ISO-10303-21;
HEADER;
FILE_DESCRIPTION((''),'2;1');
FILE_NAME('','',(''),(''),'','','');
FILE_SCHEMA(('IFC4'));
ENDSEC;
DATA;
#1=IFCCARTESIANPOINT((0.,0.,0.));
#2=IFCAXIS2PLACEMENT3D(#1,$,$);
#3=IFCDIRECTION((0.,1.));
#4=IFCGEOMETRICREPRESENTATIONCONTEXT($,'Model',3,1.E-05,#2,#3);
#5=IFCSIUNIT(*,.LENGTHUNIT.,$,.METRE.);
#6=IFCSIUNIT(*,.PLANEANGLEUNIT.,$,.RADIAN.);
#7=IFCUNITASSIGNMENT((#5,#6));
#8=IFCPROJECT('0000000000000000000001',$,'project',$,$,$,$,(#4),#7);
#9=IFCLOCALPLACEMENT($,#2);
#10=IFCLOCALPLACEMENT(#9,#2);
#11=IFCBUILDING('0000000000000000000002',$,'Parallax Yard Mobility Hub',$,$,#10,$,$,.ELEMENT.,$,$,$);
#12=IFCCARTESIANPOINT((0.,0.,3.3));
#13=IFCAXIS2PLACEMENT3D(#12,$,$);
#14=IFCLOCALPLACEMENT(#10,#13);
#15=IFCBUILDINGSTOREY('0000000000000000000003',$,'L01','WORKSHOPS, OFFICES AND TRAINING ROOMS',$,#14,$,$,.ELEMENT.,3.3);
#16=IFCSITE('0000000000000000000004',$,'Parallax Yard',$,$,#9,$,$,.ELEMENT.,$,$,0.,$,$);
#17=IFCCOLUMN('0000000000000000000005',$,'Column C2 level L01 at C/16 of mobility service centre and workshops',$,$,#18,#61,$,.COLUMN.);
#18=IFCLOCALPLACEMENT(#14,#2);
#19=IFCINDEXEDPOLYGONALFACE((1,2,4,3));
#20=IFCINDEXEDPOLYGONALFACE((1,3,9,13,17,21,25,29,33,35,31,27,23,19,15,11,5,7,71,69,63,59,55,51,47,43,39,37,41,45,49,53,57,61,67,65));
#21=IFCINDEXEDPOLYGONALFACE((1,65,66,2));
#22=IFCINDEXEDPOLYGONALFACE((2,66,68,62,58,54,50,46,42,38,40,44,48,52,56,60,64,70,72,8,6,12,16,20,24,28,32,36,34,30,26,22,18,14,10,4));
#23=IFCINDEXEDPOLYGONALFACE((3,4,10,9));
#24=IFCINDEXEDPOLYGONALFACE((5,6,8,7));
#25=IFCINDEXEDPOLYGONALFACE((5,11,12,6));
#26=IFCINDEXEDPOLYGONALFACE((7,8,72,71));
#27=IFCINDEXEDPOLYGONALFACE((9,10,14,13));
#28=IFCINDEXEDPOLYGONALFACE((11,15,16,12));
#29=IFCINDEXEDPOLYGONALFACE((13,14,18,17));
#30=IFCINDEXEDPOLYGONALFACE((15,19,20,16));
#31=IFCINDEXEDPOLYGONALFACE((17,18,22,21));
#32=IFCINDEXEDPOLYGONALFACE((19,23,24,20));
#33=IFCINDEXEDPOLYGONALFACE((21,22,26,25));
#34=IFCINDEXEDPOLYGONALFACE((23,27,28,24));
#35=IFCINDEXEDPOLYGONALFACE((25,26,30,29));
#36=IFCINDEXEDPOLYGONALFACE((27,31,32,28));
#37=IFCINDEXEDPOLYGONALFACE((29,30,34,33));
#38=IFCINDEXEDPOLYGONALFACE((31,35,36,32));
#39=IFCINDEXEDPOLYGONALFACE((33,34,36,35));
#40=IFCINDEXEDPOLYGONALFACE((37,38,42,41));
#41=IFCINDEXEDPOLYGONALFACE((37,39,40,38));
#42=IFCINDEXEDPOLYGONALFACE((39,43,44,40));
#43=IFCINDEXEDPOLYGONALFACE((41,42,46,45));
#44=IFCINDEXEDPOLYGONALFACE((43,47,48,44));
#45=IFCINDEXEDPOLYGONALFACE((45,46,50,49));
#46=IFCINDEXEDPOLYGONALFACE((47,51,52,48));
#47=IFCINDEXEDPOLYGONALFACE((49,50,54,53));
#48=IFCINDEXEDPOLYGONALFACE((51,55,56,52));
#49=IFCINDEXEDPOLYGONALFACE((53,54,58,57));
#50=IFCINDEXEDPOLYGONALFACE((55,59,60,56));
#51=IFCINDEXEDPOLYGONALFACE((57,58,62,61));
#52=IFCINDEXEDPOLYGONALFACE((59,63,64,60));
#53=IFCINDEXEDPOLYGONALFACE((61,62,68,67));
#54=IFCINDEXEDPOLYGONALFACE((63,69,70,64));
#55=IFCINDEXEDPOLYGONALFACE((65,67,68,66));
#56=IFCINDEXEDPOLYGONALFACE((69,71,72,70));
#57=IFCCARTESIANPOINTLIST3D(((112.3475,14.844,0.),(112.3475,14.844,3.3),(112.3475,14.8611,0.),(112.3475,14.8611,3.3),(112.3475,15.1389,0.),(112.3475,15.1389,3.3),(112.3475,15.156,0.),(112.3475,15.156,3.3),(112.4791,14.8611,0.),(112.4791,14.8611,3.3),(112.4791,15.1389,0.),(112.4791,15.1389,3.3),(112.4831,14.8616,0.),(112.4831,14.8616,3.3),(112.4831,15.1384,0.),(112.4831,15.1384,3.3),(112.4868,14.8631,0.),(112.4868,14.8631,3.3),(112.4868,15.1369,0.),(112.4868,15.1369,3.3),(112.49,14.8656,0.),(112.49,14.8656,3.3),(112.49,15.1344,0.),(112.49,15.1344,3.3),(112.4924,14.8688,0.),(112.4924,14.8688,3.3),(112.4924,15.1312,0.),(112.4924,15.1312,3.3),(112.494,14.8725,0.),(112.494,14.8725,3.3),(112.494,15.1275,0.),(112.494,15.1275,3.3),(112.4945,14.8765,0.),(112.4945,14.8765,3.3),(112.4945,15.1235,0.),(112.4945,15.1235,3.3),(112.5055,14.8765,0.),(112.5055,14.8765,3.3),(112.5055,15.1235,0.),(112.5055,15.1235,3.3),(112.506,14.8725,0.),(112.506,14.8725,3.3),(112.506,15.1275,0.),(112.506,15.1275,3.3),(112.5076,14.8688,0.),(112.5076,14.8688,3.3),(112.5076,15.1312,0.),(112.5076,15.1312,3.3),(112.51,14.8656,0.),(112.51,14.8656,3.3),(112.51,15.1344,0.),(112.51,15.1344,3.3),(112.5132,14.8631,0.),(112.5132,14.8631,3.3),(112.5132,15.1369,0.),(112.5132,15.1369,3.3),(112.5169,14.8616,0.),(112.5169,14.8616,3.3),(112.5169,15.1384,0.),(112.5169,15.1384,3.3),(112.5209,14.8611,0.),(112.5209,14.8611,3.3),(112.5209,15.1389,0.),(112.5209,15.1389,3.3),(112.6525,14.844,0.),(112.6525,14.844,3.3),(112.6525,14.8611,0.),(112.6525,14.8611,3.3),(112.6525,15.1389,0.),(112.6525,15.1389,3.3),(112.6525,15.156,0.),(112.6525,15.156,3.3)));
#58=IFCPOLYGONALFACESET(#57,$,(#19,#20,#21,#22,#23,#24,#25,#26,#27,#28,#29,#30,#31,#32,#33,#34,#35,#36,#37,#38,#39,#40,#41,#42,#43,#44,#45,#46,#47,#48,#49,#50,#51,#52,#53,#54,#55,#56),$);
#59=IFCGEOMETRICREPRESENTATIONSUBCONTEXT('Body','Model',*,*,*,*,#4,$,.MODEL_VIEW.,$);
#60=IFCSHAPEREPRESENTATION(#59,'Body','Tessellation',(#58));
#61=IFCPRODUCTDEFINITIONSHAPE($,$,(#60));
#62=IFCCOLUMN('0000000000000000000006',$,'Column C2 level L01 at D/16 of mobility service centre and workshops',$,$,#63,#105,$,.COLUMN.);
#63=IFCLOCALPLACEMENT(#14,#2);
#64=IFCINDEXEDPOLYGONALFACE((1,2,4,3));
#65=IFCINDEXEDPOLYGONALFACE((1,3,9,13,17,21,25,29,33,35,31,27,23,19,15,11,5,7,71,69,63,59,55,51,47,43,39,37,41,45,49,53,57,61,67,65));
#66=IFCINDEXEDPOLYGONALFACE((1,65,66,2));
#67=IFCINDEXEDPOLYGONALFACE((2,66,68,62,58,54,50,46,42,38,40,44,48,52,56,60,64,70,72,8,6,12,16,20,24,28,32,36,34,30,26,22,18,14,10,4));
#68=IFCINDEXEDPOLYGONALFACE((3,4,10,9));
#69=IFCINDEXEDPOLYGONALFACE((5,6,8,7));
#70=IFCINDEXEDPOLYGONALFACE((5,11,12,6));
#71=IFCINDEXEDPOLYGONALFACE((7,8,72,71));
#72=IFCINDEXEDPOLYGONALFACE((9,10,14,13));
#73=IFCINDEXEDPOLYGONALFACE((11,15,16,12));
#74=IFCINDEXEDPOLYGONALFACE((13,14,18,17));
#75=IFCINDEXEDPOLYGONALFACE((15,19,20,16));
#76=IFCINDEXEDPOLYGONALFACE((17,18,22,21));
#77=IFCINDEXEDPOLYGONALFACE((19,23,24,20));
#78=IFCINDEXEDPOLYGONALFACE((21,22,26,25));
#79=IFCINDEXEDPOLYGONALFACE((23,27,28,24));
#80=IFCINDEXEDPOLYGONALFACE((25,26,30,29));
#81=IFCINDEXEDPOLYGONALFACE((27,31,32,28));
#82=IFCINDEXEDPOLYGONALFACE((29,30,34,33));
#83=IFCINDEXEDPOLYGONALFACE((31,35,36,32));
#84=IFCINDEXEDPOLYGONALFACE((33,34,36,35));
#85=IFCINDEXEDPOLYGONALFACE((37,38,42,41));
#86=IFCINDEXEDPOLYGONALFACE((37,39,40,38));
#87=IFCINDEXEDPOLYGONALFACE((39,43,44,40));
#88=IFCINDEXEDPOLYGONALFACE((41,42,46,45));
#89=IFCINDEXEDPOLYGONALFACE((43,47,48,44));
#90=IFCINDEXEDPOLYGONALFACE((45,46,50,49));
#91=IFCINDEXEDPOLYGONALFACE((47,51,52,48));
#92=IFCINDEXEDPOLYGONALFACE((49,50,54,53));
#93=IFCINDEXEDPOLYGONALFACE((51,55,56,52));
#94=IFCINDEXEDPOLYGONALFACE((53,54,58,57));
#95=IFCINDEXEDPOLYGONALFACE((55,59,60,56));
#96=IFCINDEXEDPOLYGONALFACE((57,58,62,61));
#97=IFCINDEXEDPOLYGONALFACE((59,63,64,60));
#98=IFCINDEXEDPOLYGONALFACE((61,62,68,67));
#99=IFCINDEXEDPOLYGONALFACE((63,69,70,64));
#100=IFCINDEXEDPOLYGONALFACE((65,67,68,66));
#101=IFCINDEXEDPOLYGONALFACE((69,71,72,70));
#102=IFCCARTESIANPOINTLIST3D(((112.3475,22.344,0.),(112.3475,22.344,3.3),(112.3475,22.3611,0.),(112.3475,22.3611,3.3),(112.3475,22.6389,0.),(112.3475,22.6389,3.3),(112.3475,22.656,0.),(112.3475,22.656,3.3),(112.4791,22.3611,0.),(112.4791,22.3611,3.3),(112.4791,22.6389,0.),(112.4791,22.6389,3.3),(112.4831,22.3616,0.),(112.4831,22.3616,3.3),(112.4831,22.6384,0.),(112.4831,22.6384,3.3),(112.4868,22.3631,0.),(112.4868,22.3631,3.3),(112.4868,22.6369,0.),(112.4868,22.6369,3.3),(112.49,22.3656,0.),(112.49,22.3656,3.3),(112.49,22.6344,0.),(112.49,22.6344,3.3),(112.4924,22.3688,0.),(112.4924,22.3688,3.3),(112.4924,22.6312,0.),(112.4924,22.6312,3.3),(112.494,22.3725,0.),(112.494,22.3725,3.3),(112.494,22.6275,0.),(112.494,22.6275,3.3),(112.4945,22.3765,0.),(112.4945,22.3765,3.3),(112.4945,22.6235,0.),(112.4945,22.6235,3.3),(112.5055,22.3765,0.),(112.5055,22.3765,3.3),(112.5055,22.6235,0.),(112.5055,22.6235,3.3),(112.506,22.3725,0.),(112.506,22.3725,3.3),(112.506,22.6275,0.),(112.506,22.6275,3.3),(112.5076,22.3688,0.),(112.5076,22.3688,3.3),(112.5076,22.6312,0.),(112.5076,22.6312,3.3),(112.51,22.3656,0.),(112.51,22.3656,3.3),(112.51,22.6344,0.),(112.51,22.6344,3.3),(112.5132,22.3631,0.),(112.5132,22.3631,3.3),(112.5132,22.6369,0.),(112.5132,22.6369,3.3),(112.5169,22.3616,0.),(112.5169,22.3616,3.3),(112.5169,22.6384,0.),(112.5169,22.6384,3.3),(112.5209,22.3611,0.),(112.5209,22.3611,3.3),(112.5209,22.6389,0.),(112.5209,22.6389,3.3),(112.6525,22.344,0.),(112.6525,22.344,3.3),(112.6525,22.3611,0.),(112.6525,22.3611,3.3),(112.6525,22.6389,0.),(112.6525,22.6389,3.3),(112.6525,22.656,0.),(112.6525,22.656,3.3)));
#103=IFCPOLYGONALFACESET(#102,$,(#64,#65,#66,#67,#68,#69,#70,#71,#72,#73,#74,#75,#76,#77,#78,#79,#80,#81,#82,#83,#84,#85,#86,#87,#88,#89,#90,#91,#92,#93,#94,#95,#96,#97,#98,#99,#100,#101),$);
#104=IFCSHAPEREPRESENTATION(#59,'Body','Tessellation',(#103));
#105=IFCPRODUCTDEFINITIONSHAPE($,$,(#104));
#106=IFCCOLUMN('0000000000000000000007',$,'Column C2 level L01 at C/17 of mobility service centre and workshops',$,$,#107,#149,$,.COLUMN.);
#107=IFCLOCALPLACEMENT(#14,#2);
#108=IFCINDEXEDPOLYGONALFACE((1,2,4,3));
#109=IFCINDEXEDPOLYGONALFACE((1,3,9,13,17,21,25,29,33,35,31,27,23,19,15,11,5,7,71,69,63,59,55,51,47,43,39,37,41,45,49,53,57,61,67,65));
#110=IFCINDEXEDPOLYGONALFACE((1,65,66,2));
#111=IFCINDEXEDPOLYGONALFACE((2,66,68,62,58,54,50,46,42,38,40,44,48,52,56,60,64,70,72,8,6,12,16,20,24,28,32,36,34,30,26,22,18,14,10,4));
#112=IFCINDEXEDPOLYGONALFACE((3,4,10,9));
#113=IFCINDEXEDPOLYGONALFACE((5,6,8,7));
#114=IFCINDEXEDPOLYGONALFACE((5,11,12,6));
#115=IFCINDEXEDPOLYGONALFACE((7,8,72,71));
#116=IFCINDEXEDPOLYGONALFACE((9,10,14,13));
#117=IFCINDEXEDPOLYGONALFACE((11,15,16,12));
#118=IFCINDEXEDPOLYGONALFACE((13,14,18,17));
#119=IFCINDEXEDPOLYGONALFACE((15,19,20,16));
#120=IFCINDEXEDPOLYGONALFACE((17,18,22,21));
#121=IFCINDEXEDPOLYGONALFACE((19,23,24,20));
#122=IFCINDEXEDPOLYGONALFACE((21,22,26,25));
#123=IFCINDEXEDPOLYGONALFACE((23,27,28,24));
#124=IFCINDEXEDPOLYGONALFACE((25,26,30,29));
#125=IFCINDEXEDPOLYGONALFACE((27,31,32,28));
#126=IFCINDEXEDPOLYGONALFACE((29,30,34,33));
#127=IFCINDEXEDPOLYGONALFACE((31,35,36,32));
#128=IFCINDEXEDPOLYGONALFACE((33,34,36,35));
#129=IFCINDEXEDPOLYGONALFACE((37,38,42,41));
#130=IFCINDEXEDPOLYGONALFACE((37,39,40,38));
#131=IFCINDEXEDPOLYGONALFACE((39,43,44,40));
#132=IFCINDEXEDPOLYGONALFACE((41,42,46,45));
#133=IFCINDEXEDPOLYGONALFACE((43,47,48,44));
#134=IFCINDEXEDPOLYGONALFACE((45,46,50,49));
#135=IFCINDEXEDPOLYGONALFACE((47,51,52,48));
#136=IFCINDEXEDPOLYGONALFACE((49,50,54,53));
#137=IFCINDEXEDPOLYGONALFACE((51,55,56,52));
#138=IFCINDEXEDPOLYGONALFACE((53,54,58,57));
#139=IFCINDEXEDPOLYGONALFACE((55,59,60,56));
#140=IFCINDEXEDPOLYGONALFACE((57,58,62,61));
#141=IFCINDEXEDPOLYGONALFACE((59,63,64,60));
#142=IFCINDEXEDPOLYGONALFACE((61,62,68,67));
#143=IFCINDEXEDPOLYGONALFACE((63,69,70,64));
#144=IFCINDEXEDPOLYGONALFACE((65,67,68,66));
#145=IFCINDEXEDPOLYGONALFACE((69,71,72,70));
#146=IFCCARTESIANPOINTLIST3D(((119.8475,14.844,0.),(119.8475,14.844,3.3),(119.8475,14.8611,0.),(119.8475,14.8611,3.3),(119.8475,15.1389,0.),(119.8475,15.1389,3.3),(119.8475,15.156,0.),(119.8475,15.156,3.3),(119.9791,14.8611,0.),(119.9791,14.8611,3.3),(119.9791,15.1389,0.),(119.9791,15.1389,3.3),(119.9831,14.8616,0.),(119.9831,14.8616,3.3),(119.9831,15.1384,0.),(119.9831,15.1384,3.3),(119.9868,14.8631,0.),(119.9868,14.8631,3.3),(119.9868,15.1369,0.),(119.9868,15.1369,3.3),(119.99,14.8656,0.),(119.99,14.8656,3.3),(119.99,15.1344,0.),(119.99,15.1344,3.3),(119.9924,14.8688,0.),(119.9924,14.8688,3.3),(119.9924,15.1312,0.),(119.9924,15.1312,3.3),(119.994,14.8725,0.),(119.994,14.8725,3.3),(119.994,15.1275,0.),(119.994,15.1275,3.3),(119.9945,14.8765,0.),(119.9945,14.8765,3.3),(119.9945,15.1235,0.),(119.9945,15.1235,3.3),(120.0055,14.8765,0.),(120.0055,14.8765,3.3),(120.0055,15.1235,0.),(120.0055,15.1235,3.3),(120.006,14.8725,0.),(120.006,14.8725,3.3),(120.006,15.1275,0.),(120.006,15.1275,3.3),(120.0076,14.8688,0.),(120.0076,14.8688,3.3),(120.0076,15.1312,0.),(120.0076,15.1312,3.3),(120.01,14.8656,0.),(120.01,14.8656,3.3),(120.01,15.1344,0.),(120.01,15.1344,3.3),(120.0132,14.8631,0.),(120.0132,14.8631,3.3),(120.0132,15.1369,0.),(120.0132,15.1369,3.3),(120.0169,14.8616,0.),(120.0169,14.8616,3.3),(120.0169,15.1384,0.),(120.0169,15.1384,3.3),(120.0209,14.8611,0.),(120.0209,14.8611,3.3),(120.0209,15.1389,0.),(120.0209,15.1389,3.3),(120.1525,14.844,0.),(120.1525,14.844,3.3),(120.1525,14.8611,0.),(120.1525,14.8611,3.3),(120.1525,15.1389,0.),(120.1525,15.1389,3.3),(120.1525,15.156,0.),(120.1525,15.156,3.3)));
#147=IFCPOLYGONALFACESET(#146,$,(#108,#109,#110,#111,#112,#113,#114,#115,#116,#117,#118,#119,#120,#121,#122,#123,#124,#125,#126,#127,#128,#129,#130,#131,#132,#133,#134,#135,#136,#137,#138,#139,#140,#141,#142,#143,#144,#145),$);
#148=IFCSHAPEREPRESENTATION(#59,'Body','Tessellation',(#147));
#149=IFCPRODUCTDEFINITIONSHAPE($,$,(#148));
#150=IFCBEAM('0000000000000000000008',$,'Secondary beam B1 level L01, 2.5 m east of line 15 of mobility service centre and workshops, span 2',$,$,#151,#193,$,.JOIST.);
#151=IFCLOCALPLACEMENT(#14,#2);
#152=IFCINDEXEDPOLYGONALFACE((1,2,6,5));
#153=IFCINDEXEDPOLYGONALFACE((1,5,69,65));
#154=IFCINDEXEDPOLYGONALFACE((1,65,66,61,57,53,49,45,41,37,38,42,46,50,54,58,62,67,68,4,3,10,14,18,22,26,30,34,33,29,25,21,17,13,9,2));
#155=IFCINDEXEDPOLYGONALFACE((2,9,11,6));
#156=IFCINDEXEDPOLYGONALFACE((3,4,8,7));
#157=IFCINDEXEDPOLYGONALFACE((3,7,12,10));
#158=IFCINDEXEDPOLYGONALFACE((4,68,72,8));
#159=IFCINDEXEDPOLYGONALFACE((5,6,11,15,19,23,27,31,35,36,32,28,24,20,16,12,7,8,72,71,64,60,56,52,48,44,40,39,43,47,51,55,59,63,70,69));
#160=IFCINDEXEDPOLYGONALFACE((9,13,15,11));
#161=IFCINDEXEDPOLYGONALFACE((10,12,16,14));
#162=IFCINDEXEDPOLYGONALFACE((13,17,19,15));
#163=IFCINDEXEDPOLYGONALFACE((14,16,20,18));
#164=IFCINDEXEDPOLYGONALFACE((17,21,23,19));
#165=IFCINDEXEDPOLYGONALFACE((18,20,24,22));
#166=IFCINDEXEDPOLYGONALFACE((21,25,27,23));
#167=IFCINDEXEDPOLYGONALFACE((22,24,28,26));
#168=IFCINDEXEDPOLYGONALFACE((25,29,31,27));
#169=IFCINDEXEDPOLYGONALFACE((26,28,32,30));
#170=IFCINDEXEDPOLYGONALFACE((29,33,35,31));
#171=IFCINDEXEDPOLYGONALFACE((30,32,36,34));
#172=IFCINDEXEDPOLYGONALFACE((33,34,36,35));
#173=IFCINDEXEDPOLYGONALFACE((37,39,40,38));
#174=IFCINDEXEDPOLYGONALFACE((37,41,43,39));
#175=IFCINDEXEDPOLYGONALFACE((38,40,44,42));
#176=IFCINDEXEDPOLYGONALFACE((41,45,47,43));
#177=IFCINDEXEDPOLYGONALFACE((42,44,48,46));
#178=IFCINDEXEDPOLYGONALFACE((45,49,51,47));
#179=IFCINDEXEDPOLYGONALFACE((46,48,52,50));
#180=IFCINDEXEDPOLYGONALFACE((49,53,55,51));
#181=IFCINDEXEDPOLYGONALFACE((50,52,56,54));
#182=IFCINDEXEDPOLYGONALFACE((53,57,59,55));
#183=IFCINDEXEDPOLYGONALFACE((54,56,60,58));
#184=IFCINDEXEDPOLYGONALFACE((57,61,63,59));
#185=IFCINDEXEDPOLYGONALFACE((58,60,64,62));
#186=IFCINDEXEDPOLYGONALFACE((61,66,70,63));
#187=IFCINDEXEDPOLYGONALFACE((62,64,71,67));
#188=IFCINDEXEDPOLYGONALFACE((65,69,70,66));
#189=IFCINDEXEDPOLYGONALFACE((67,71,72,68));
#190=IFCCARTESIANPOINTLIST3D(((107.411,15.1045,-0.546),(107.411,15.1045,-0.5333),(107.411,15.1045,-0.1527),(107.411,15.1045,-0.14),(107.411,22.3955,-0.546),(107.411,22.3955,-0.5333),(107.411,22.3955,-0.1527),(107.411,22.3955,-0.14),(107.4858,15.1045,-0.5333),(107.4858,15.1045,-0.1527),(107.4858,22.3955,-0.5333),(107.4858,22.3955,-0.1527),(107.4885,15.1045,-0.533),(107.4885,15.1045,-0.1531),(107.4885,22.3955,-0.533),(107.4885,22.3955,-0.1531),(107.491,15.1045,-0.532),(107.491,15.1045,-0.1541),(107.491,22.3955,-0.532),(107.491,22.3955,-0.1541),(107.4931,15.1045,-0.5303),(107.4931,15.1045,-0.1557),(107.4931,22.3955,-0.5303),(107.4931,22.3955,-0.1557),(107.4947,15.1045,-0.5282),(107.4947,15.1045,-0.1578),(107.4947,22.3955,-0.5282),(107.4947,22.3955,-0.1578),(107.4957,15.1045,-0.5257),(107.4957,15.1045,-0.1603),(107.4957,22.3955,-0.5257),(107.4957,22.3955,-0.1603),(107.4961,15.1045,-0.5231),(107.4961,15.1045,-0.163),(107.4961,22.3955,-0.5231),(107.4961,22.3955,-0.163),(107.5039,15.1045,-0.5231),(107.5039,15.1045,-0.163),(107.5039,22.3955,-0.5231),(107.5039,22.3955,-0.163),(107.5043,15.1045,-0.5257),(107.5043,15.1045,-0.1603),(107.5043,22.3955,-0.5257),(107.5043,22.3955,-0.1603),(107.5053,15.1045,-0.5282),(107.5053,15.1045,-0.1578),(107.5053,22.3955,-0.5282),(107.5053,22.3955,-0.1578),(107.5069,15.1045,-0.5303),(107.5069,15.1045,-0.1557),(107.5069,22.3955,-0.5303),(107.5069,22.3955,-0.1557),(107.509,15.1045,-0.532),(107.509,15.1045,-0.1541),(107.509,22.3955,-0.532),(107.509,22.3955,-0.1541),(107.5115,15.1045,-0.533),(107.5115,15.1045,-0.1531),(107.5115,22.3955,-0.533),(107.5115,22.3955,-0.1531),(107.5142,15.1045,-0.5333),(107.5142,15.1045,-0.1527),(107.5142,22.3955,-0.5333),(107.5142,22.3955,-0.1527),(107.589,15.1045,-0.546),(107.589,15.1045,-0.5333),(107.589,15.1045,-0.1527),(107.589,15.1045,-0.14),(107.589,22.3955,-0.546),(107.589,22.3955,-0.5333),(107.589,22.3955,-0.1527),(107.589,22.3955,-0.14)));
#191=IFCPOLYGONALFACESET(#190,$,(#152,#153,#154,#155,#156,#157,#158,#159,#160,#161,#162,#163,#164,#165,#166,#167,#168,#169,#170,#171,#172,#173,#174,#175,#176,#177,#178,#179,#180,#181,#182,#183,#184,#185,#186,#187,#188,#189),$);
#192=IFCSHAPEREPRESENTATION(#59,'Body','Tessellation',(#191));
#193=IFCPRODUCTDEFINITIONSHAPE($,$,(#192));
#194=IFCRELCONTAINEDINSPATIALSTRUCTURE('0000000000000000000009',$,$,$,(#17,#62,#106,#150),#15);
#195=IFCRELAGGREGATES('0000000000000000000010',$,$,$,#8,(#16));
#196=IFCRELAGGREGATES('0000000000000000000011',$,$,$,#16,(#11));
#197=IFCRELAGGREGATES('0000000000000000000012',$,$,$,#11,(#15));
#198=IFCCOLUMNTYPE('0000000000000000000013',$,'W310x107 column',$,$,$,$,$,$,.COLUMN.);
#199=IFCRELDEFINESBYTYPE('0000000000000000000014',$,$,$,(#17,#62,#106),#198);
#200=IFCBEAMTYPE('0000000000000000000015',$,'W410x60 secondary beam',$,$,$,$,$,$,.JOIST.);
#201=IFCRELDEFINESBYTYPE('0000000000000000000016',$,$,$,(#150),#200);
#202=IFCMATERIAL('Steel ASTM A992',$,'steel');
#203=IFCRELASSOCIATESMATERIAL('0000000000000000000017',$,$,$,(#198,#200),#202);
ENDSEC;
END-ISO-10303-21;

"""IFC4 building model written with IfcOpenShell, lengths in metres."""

from ifc_helpers import new_model, si_unit, direction, frame, origin, origin_2d, place, context, subcontext, project, spatial, i_section, extrude, material, material_profile, profile_set, type_object, element, save


model = new_model("IFC4")

# Units and contexts
model_context = context("Model", 3, precision=1e-05, world=origin(), true_north=direction((0.0, 1.0)))
body_context = subcontext(model_context, "Body", "Model", "MODEL_VIEW")
ifc_project = project(units=[si_unit("LENGTHUNIT", "METRE"), si_unit("PLANEANGLEUNIT", "RADIAN")], contexts=[model_context])

# Site, building, storey
site_placement = place(None, origin())
site = spatial("IfcSite", under=ifc_project, at=site_placement, Name="Parallax Yard", CompositionType="ELEMENT", RefElevation=0.0)
building_placement = place(site_placement, origin())
building = spatial("IfcBuilding", under=site, at=building_placement, Name="Parallax Yard Mobility Hub", CompositionType="ELEMENT")
storey_placement = place(building_placement, frame((0.0, 0.0, 3.3)))
storey = spatial("IfcBuildingStorey", under=building, at=storey_placement, Name="L01", Description="WORKSHOPS, OFFICES AND TRAINING ROOMS", CompositionType="ELEMENT", Elevation=3.3)

# Columns
ifc_material = material(Name="Steel ASTM A992", Category="steel")
ifc_material_profile_1 = material_profile(ifc_material, i_section(OverallWidth=0.3049, OverallDepth=0.312, WebThickness=0.011, FlangeThickness=0.0171, FilletRadius=0.0154, at=origin_2d()), Name="W310x107")
ifc_profile_set_1 = profile_set([ifc_material_profile_1], Name="Steel ASTM A992")
column_type = type_object("IfcColumnType", Name="W310x107 column", PredefinedType="COLUMN", material=ifc_profile_set_1)
for number, where, z_axis, x_axis, name in (
    (1, (112.5, 15.0, 0.0), (0.0, 0.0, 1.0), (1.0, 0.0, 0.0), "Column C2 level L01 at C/16 of mobility service centre and workshops"),
    (2, (112.5, 22.5, 0.0), (0.0, 0.0, 1.0), (1.0, 0.0, 0.0), "Column C2 level L01 at D/16 of mobility service centre and workshops"),
    (3, (120.0, 15.0, 0.0), (0.0, 0.0, 1.0), (1.0, 0.0, 0.0), "Column C2 level L01 at C/17 of mobility service centre and workshops"),
):
    element("IfcColumn", number, at=place(storey_placement, frame(where, z_axis=z_axis, x_axis=x_axis)), inside=storey, type_object=column_type, Name=name, PredefinedType="COLUMN", context=body_context, shape_type="SweptSolid", body=[
        extrude(i_section(OverallWidth=0.3049, OverallDepth=0.312, WebThickness=0.011, FlangeThickness=0.0171, FilletRadius=0.0154, at=origin_2d()), origin(), (0.0, 0.0, 1.0), 3.3),
    ])

# Beam
ifc_material_profile_2 = material_profile(ifc_material, i_section(OverallWidth=0.178, OverallDepth=0.406, WebThickness=0.0078, FlangeThickness=0.0127, FilletRadius=0.0103, at=origin_2d()), Name="W410x60")
ifc_profile_set_2 = profile_set([ifc_material_profile_2], Name="Steel ASTM A992")
beam_type_1 = type_object("IfcBeamType", Name="W410x60 secondary beam", PredefinedType="JOIST", material=ifc_profile_set_2)
beam_1_placement = place(storey_placement, frame((107.5, 15.1045, -0.343), z_axis=(0.0, 1.0, 0.0), x_axis=(-1.0, 0.0, 0.0)))
element("IfcBeam", 4, at=beam_1_placement, inside=storey, type_object=beam_type_1, Name="Secondary beam B1 level L01, 2.5 m east of line 15 of mobility service centre and workshops, span 2", PredefinedType="JOIST", context=body_context, shape_type="SweptSolid", body=[
    extrude(i_section(OverallWidth=0.178, OverallDepth=0.406, WebThickness=0.0078, FlangeThickness=0.0127, FilletRadius=0.0103, at=origin_2d()), origin(), (0.0, 0.0, 1.0), 7.291),
])

save(model, "model.ifc")
